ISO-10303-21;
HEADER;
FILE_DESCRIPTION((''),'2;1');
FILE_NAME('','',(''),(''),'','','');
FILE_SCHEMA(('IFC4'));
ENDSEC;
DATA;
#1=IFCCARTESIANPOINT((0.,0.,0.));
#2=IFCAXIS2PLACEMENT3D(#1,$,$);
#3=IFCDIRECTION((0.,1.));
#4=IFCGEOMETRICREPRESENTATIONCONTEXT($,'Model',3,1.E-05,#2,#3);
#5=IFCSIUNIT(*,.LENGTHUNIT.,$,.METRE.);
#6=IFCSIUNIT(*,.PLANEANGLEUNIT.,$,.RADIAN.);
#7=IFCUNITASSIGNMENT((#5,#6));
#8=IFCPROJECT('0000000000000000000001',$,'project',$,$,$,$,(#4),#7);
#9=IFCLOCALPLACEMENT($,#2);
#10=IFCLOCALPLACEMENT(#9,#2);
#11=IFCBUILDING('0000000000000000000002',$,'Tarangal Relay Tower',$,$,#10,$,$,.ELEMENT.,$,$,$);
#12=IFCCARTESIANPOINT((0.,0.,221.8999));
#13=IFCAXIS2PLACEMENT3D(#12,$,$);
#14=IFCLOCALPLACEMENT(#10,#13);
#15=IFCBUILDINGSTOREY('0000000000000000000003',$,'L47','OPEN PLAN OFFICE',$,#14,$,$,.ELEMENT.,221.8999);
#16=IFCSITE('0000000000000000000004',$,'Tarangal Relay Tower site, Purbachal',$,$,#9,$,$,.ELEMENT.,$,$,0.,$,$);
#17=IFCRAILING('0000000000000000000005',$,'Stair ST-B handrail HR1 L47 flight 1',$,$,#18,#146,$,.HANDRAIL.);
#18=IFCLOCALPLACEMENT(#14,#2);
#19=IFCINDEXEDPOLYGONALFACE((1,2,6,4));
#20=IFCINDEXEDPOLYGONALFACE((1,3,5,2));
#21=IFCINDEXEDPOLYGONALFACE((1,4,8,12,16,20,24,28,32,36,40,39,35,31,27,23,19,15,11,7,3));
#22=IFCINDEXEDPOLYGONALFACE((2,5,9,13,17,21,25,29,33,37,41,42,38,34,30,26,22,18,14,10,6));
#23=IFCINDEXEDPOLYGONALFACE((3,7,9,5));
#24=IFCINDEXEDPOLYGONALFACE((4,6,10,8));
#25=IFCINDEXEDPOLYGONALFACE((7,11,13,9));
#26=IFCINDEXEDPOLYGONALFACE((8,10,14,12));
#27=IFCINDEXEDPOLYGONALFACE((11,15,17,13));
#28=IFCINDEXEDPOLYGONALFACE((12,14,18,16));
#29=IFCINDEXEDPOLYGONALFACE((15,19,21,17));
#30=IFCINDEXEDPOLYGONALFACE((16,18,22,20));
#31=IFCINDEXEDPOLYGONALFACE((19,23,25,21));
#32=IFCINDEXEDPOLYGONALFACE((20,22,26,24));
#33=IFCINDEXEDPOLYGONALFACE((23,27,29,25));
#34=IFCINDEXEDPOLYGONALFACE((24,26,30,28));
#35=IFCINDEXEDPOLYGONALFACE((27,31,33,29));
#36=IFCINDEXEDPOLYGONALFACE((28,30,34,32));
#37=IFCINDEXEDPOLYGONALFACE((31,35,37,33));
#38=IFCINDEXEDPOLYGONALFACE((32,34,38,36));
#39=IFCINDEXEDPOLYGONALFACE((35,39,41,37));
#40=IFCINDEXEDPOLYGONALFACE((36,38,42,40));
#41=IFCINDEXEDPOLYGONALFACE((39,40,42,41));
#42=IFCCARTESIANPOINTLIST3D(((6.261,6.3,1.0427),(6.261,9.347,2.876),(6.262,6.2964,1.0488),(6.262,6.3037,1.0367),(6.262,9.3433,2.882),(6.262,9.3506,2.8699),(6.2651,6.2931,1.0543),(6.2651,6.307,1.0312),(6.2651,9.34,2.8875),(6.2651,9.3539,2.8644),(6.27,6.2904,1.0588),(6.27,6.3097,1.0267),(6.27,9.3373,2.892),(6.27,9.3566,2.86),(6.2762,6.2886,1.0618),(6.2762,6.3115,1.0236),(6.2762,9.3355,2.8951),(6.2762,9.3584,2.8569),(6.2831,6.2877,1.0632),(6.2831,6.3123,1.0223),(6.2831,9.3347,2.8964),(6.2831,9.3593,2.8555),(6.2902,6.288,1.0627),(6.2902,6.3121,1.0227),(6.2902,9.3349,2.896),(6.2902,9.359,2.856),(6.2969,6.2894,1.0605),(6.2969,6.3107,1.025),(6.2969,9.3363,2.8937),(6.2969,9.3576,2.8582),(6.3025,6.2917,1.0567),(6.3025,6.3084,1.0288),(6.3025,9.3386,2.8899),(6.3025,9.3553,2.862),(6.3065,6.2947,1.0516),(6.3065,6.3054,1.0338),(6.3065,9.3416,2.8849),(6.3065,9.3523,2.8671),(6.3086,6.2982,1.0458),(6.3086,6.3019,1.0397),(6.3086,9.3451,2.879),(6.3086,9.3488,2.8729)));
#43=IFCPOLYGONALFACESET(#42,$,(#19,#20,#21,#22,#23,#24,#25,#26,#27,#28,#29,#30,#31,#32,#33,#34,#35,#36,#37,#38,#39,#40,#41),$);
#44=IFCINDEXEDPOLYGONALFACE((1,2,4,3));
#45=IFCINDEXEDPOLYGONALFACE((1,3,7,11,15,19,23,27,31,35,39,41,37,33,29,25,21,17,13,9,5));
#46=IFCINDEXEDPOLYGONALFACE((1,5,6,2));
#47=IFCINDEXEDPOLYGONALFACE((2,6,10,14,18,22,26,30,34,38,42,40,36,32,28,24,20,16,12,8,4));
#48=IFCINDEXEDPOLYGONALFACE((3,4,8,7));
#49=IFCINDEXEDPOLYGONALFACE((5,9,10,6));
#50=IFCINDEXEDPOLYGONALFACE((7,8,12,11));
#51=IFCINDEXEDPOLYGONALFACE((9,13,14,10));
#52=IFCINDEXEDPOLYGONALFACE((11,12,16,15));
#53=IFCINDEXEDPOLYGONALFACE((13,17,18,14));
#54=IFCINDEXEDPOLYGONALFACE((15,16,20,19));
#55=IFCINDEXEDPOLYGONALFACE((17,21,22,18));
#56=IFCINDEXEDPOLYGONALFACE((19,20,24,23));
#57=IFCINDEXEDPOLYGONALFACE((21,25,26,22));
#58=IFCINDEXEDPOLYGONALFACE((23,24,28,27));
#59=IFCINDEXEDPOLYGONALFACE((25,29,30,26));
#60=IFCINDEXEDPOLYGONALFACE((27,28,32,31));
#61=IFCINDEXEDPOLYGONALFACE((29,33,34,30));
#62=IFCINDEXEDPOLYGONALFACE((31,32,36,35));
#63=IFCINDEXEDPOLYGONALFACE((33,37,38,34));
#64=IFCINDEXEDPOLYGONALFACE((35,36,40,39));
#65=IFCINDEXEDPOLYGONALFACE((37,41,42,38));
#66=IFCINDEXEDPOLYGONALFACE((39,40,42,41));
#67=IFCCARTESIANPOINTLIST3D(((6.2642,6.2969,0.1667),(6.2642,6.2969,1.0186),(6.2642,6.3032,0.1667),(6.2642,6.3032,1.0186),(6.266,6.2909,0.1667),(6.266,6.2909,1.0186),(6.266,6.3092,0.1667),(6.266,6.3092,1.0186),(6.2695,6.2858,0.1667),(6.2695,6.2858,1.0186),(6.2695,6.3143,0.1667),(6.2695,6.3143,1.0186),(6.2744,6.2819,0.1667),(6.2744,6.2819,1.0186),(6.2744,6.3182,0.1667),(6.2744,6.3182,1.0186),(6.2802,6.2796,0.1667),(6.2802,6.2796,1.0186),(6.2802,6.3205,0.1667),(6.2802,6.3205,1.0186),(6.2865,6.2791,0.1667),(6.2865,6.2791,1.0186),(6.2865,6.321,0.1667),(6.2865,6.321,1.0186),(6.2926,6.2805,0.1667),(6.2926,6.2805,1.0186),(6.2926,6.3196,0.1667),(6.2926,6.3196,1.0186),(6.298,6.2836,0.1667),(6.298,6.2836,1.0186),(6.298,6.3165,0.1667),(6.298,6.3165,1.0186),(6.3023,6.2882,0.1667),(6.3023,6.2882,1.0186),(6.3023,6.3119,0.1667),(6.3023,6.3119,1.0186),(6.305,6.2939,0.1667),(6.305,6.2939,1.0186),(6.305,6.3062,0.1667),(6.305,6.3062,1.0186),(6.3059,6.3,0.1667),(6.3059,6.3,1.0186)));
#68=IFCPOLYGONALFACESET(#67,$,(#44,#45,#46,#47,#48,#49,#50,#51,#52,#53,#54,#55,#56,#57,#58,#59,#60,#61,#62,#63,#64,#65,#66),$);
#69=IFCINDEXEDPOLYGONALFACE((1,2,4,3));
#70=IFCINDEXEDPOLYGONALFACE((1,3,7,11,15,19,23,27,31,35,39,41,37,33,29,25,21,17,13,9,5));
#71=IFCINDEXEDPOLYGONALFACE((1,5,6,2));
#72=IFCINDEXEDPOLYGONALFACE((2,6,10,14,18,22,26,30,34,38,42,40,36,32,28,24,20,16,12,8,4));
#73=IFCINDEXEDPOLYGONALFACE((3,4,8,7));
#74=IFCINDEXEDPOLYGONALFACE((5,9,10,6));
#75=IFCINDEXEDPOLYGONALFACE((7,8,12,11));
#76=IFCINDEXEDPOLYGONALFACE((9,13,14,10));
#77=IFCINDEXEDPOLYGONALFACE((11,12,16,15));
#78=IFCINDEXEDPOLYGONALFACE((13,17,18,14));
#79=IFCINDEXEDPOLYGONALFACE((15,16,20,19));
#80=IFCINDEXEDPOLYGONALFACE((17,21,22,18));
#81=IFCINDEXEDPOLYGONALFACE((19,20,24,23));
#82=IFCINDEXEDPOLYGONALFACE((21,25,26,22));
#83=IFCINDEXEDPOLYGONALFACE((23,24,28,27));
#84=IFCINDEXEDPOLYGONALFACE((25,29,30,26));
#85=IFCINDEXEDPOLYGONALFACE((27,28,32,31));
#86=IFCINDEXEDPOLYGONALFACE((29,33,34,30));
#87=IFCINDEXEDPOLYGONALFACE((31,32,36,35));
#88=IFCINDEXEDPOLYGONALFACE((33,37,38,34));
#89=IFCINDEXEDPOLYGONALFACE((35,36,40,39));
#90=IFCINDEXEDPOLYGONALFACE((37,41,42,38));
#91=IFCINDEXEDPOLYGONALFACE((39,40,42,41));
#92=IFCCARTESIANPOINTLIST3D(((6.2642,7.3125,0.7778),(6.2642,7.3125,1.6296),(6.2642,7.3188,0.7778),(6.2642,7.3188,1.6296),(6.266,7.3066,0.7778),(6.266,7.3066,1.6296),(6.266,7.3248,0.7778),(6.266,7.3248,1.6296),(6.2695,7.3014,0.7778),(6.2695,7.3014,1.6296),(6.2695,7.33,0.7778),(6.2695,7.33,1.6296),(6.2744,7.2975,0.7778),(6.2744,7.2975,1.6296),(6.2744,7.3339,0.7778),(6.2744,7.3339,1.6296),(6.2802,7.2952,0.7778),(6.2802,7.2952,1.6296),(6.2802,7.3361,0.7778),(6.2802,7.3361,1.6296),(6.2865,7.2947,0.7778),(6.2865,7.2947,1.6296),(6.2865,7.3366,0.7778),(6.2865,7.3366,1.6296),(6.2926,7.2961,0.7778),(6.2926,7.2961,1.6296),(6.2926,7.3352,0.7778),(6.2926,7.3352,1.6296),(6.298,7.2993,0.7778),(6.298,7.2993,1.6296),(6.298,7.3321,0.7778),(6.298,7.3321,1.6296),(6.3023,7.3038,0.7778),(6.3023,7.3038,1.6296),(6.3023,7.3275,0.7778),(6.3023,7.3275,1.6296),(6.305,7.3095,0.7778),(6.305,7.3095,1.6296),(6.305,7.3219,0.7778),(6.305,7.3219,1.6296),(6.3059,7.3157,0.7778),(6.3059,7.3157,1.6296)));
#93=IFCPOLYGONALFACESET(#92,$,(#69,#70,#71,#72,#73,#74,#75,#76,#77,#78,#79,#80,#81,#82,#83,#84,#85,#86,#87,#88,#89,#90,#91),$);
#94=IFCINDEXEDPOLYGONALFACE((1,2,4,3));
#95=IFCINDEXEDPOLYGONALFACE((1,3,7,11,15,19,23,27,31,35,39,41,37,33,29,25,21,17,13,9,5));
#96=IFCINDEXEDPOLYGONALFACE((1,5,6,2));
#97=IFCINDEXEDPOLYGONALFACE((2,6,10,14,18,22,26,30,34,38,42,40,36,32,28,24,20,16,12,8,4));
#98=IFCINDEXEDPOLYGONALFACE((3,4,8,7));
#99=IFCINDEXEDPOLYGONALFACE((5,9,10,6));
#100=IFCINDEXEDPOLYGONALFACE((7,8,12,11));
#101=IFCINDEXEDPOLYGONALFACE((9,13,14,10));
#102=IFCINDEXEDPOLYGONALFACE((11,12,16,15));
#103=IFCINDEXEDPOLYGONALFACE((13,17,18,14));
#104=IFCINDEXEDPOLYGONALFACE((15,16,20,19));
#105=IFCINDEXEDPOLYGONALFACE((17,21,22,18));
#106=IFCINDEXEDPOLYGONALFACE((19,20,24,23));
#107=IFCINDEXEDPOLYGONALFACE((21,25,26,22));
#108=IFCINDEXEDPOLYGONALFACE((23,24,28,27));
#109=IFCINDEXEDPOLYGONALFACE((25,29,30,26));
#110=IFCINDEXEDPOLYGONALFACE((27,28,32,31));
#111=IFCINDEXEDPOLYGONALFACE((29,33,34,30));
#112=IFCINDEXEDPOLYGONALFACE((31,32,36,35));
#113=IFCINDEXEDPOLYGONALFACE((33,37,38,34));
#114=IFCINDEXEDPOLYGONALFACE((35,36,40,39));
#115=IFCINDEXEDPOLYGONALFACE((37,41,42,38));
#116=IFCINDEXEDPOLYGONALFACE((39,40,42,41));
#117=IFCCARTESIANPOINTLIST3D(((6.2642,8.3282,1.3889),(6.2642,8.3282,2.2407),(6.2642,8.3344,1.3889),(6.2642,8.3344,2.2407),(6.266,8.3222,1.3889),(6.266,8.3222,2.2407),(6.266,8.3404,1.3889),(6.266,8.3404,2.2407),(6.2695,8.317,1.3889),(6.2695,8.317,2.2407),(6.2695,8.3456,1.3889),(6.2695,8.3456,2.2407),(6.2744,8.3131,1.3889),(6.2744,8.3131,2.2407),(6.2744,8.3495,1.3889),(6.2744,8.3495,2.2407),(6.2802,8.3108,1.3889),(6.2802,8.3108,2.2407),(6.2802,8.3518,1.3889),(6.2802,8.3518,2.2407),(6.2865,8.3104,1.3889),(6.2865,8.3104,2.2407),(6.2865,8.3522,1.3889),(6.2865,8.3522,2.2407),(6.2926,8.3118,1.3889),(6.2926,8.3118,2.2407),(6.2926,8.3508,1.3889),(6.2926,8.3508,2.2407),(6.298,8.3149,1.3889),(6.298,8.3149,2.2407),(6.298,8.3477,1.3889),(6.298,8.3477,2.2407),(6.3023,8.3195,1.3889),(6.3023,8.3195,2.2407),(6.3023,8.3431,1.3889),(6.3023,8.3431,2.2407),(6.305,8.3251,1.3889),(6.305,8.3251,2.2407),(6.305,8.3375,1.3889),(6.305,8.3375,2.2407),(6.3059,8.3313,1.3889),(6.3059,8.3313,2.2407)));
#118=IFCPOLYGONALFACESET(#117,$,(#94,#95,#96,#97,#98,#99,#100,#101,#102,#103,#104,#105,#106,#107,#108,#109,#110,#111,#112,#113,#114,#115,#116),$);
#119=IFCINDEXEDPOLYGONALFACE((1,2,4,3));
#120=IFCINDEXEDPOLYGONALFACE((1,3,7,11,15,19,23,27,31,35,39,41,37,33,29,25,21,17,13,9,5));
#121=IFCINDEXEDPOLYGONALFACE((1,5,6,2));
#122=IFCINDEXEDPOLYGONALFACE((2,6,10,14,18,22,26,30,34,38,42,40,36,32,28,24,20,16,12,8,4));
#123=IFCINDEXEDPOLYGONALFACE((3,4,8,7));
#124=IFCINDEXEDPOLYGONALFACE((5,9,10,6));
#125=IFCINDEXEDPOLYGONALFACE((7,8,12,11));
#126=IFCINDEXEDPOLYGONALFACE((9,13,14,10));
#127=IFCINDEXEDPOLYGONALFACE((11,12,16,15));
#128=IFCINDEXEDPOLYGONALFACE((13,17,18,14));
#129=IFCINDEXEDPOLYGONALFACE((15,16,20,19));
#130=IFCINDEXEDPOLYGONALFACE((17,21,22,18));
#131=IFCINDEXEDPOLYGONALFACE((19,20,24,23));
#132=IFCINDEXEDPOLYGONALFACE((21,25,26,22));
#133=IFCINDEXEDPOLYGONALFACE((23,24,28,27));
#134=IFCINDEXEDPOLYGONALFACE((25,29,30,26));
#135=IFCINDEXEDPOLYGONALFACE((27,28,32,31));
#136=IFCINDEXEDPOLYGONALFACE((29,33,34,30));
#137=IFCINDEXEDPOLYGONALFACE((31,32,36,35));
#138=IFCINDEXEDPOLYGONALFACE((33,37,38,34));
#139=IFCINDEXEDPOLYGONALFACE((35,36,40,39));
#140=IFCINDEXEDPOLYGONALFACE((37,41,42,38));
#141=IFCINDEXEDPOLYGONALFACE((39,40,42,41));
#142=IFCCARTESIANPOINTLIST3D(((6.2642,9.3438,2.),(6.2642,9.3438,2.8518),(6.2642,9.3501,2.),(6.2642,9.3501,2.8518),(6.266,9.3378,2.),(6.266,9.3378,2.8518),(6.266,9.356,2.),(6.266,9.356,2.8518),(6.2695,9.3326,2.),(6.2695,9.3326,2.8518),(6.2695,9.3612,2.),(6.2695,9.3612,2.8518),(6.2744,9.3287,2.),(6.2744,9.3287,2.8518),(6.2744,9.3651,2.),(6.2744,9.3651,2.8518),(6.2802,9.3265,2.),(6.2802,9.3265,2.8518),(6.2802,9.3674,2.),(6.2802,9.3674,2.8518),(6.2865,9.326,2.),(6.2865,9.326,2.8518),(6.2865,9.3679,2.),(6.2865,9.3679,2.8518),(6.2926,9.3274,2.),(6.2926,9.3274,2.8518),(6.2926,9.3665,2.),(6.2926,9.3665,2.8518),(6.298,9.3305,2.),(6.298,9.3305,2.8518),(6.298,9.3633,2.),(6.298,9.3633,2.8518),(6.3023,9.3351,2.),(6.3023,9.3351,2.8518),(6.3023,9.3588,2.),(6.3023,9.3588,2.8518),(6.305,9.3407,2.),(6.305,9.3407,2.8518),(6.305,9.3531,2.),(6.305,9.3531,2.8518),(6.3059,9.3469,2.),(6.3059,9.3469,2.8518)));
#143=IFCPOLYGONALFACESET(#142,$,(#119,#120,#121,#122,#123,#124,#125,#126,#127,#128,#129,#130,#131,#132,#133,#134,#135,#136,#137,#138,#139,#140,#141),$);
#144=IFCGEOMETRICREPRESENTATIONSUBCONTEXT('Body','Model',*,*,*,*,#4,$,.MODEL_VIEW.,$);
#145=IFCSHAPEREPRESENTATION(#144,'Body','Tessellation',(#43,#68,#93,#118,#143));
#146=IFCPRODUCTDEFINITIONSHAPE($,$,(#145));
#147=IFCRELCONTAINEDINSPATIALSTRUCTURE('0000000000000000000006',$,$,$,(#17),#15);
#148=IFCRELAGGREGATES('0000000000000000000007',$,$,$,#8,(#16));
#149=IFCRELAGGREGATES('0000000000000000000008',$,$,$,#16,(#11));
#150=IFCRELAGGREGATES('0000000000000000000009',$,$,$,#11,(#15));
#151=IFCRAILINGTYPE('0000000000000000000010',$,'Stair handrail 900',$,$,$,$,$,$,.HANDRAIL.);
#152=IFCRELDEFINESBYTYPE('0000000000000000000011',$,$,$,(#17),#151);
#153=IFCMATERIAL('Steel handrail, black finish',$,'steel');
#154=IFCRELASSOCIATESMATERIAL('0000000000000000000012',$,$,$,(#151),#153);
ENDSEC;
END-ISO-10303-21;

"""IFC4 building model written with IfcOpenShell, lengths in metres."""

from ifc_helpers import new_model, si_unit, direction, frame, origin, origin_2d, place, context, subcontext, project, spatial, circle, extrude, material, type_object, element, save


model = new_model("IFC4")

# Units and contexts
model_context = context("Model", 3, precision=1e-05, world=origin(), true_north=direction((0.0, 1.0)))
body_context = subcontext(model_context, "Body", "Model", "MODEL_VIEW")
ifc_project = project(units=[si_unit("LENGTHUNIT", "METRE"), si_unit("PLANEANGLEUNIT", "RADIAN")], contexts=[model_context])

# Site, building, storey
site_placement = place(None, origin())
site = spatial("IfcSite", under=ifc_project, at=site_placement, Name="Tarangal Relay Tower site, Purbachal", CompositionType="ELEMENT", RefElevation=0.0)
building_placement = place(site_placement, origin())
building = spatial("IfcBuilding", under=site, at=building_placement, Name="Tarangal Relay Tower", CompositionType="ELEMENT")
storey_placement = place(building_placement, frame((0.0, 0.0, 221.8999)))
storey = spatial("IfcBuildingStorey", under=building, at=storey_placement, Name="L47", Description="OPEN PLAN OFFICE", CompositionType="ELEMENT", Elevation=221.8999)

# Railing
ifc_material_1 = material(Name="Steel handrail, black finish", Category="steel")
railing_type_1 = type_object("IfcRailingType", Name="Stair handrail 900", PredefinedType="HANDRAIL", material=ifc_material_1)
railing_1_placement = place(storey_placement, frame((6.2849, 6.3, 0.1667)))
element("IfcRailing", 1, at=railing_1_placement, inside=storey, type_object=railing_type_1, Name="Stair ST-B handrail HR1 L47 flight 1", PredefinedType="HANDRAIL", context=body_context, shape_type="SweptSolid", body=[
    extrude(circle(Radius=0.0239, at=origin_2d()), frame((0.0, 0.0, 0.876), z_axis=(0.0, 0.856856, 0.515556), x_axis=(-1.0, 0.0, 0.0)), (0.0, 0.0, 1.0), 3.5559),
    extrude(circle(Radius=0.021, at=origin_2d()), origin(), (0.0, 0.0, 1.0), 0.8518),
    extrude(circle(Radius=0.021, at=origin_2d()), frame((0.0, 1.0156, 0.6111)), (0.0, 0.0, 1.0), 0.8518),
    extrude(circle(Radius=0.021, at=origin_2d()), frame((0.0, 2.0312, 1.2222)), (0.0, 0.0, 1.0), 0.8518),
    extrude(circle(Radius=0.021, at=origin_2d()), frame((0.0, 3.0469, 1.8333)), (0.0, 0.0, 1.0), 0.8518),
])

save(model, "model.ifc")
